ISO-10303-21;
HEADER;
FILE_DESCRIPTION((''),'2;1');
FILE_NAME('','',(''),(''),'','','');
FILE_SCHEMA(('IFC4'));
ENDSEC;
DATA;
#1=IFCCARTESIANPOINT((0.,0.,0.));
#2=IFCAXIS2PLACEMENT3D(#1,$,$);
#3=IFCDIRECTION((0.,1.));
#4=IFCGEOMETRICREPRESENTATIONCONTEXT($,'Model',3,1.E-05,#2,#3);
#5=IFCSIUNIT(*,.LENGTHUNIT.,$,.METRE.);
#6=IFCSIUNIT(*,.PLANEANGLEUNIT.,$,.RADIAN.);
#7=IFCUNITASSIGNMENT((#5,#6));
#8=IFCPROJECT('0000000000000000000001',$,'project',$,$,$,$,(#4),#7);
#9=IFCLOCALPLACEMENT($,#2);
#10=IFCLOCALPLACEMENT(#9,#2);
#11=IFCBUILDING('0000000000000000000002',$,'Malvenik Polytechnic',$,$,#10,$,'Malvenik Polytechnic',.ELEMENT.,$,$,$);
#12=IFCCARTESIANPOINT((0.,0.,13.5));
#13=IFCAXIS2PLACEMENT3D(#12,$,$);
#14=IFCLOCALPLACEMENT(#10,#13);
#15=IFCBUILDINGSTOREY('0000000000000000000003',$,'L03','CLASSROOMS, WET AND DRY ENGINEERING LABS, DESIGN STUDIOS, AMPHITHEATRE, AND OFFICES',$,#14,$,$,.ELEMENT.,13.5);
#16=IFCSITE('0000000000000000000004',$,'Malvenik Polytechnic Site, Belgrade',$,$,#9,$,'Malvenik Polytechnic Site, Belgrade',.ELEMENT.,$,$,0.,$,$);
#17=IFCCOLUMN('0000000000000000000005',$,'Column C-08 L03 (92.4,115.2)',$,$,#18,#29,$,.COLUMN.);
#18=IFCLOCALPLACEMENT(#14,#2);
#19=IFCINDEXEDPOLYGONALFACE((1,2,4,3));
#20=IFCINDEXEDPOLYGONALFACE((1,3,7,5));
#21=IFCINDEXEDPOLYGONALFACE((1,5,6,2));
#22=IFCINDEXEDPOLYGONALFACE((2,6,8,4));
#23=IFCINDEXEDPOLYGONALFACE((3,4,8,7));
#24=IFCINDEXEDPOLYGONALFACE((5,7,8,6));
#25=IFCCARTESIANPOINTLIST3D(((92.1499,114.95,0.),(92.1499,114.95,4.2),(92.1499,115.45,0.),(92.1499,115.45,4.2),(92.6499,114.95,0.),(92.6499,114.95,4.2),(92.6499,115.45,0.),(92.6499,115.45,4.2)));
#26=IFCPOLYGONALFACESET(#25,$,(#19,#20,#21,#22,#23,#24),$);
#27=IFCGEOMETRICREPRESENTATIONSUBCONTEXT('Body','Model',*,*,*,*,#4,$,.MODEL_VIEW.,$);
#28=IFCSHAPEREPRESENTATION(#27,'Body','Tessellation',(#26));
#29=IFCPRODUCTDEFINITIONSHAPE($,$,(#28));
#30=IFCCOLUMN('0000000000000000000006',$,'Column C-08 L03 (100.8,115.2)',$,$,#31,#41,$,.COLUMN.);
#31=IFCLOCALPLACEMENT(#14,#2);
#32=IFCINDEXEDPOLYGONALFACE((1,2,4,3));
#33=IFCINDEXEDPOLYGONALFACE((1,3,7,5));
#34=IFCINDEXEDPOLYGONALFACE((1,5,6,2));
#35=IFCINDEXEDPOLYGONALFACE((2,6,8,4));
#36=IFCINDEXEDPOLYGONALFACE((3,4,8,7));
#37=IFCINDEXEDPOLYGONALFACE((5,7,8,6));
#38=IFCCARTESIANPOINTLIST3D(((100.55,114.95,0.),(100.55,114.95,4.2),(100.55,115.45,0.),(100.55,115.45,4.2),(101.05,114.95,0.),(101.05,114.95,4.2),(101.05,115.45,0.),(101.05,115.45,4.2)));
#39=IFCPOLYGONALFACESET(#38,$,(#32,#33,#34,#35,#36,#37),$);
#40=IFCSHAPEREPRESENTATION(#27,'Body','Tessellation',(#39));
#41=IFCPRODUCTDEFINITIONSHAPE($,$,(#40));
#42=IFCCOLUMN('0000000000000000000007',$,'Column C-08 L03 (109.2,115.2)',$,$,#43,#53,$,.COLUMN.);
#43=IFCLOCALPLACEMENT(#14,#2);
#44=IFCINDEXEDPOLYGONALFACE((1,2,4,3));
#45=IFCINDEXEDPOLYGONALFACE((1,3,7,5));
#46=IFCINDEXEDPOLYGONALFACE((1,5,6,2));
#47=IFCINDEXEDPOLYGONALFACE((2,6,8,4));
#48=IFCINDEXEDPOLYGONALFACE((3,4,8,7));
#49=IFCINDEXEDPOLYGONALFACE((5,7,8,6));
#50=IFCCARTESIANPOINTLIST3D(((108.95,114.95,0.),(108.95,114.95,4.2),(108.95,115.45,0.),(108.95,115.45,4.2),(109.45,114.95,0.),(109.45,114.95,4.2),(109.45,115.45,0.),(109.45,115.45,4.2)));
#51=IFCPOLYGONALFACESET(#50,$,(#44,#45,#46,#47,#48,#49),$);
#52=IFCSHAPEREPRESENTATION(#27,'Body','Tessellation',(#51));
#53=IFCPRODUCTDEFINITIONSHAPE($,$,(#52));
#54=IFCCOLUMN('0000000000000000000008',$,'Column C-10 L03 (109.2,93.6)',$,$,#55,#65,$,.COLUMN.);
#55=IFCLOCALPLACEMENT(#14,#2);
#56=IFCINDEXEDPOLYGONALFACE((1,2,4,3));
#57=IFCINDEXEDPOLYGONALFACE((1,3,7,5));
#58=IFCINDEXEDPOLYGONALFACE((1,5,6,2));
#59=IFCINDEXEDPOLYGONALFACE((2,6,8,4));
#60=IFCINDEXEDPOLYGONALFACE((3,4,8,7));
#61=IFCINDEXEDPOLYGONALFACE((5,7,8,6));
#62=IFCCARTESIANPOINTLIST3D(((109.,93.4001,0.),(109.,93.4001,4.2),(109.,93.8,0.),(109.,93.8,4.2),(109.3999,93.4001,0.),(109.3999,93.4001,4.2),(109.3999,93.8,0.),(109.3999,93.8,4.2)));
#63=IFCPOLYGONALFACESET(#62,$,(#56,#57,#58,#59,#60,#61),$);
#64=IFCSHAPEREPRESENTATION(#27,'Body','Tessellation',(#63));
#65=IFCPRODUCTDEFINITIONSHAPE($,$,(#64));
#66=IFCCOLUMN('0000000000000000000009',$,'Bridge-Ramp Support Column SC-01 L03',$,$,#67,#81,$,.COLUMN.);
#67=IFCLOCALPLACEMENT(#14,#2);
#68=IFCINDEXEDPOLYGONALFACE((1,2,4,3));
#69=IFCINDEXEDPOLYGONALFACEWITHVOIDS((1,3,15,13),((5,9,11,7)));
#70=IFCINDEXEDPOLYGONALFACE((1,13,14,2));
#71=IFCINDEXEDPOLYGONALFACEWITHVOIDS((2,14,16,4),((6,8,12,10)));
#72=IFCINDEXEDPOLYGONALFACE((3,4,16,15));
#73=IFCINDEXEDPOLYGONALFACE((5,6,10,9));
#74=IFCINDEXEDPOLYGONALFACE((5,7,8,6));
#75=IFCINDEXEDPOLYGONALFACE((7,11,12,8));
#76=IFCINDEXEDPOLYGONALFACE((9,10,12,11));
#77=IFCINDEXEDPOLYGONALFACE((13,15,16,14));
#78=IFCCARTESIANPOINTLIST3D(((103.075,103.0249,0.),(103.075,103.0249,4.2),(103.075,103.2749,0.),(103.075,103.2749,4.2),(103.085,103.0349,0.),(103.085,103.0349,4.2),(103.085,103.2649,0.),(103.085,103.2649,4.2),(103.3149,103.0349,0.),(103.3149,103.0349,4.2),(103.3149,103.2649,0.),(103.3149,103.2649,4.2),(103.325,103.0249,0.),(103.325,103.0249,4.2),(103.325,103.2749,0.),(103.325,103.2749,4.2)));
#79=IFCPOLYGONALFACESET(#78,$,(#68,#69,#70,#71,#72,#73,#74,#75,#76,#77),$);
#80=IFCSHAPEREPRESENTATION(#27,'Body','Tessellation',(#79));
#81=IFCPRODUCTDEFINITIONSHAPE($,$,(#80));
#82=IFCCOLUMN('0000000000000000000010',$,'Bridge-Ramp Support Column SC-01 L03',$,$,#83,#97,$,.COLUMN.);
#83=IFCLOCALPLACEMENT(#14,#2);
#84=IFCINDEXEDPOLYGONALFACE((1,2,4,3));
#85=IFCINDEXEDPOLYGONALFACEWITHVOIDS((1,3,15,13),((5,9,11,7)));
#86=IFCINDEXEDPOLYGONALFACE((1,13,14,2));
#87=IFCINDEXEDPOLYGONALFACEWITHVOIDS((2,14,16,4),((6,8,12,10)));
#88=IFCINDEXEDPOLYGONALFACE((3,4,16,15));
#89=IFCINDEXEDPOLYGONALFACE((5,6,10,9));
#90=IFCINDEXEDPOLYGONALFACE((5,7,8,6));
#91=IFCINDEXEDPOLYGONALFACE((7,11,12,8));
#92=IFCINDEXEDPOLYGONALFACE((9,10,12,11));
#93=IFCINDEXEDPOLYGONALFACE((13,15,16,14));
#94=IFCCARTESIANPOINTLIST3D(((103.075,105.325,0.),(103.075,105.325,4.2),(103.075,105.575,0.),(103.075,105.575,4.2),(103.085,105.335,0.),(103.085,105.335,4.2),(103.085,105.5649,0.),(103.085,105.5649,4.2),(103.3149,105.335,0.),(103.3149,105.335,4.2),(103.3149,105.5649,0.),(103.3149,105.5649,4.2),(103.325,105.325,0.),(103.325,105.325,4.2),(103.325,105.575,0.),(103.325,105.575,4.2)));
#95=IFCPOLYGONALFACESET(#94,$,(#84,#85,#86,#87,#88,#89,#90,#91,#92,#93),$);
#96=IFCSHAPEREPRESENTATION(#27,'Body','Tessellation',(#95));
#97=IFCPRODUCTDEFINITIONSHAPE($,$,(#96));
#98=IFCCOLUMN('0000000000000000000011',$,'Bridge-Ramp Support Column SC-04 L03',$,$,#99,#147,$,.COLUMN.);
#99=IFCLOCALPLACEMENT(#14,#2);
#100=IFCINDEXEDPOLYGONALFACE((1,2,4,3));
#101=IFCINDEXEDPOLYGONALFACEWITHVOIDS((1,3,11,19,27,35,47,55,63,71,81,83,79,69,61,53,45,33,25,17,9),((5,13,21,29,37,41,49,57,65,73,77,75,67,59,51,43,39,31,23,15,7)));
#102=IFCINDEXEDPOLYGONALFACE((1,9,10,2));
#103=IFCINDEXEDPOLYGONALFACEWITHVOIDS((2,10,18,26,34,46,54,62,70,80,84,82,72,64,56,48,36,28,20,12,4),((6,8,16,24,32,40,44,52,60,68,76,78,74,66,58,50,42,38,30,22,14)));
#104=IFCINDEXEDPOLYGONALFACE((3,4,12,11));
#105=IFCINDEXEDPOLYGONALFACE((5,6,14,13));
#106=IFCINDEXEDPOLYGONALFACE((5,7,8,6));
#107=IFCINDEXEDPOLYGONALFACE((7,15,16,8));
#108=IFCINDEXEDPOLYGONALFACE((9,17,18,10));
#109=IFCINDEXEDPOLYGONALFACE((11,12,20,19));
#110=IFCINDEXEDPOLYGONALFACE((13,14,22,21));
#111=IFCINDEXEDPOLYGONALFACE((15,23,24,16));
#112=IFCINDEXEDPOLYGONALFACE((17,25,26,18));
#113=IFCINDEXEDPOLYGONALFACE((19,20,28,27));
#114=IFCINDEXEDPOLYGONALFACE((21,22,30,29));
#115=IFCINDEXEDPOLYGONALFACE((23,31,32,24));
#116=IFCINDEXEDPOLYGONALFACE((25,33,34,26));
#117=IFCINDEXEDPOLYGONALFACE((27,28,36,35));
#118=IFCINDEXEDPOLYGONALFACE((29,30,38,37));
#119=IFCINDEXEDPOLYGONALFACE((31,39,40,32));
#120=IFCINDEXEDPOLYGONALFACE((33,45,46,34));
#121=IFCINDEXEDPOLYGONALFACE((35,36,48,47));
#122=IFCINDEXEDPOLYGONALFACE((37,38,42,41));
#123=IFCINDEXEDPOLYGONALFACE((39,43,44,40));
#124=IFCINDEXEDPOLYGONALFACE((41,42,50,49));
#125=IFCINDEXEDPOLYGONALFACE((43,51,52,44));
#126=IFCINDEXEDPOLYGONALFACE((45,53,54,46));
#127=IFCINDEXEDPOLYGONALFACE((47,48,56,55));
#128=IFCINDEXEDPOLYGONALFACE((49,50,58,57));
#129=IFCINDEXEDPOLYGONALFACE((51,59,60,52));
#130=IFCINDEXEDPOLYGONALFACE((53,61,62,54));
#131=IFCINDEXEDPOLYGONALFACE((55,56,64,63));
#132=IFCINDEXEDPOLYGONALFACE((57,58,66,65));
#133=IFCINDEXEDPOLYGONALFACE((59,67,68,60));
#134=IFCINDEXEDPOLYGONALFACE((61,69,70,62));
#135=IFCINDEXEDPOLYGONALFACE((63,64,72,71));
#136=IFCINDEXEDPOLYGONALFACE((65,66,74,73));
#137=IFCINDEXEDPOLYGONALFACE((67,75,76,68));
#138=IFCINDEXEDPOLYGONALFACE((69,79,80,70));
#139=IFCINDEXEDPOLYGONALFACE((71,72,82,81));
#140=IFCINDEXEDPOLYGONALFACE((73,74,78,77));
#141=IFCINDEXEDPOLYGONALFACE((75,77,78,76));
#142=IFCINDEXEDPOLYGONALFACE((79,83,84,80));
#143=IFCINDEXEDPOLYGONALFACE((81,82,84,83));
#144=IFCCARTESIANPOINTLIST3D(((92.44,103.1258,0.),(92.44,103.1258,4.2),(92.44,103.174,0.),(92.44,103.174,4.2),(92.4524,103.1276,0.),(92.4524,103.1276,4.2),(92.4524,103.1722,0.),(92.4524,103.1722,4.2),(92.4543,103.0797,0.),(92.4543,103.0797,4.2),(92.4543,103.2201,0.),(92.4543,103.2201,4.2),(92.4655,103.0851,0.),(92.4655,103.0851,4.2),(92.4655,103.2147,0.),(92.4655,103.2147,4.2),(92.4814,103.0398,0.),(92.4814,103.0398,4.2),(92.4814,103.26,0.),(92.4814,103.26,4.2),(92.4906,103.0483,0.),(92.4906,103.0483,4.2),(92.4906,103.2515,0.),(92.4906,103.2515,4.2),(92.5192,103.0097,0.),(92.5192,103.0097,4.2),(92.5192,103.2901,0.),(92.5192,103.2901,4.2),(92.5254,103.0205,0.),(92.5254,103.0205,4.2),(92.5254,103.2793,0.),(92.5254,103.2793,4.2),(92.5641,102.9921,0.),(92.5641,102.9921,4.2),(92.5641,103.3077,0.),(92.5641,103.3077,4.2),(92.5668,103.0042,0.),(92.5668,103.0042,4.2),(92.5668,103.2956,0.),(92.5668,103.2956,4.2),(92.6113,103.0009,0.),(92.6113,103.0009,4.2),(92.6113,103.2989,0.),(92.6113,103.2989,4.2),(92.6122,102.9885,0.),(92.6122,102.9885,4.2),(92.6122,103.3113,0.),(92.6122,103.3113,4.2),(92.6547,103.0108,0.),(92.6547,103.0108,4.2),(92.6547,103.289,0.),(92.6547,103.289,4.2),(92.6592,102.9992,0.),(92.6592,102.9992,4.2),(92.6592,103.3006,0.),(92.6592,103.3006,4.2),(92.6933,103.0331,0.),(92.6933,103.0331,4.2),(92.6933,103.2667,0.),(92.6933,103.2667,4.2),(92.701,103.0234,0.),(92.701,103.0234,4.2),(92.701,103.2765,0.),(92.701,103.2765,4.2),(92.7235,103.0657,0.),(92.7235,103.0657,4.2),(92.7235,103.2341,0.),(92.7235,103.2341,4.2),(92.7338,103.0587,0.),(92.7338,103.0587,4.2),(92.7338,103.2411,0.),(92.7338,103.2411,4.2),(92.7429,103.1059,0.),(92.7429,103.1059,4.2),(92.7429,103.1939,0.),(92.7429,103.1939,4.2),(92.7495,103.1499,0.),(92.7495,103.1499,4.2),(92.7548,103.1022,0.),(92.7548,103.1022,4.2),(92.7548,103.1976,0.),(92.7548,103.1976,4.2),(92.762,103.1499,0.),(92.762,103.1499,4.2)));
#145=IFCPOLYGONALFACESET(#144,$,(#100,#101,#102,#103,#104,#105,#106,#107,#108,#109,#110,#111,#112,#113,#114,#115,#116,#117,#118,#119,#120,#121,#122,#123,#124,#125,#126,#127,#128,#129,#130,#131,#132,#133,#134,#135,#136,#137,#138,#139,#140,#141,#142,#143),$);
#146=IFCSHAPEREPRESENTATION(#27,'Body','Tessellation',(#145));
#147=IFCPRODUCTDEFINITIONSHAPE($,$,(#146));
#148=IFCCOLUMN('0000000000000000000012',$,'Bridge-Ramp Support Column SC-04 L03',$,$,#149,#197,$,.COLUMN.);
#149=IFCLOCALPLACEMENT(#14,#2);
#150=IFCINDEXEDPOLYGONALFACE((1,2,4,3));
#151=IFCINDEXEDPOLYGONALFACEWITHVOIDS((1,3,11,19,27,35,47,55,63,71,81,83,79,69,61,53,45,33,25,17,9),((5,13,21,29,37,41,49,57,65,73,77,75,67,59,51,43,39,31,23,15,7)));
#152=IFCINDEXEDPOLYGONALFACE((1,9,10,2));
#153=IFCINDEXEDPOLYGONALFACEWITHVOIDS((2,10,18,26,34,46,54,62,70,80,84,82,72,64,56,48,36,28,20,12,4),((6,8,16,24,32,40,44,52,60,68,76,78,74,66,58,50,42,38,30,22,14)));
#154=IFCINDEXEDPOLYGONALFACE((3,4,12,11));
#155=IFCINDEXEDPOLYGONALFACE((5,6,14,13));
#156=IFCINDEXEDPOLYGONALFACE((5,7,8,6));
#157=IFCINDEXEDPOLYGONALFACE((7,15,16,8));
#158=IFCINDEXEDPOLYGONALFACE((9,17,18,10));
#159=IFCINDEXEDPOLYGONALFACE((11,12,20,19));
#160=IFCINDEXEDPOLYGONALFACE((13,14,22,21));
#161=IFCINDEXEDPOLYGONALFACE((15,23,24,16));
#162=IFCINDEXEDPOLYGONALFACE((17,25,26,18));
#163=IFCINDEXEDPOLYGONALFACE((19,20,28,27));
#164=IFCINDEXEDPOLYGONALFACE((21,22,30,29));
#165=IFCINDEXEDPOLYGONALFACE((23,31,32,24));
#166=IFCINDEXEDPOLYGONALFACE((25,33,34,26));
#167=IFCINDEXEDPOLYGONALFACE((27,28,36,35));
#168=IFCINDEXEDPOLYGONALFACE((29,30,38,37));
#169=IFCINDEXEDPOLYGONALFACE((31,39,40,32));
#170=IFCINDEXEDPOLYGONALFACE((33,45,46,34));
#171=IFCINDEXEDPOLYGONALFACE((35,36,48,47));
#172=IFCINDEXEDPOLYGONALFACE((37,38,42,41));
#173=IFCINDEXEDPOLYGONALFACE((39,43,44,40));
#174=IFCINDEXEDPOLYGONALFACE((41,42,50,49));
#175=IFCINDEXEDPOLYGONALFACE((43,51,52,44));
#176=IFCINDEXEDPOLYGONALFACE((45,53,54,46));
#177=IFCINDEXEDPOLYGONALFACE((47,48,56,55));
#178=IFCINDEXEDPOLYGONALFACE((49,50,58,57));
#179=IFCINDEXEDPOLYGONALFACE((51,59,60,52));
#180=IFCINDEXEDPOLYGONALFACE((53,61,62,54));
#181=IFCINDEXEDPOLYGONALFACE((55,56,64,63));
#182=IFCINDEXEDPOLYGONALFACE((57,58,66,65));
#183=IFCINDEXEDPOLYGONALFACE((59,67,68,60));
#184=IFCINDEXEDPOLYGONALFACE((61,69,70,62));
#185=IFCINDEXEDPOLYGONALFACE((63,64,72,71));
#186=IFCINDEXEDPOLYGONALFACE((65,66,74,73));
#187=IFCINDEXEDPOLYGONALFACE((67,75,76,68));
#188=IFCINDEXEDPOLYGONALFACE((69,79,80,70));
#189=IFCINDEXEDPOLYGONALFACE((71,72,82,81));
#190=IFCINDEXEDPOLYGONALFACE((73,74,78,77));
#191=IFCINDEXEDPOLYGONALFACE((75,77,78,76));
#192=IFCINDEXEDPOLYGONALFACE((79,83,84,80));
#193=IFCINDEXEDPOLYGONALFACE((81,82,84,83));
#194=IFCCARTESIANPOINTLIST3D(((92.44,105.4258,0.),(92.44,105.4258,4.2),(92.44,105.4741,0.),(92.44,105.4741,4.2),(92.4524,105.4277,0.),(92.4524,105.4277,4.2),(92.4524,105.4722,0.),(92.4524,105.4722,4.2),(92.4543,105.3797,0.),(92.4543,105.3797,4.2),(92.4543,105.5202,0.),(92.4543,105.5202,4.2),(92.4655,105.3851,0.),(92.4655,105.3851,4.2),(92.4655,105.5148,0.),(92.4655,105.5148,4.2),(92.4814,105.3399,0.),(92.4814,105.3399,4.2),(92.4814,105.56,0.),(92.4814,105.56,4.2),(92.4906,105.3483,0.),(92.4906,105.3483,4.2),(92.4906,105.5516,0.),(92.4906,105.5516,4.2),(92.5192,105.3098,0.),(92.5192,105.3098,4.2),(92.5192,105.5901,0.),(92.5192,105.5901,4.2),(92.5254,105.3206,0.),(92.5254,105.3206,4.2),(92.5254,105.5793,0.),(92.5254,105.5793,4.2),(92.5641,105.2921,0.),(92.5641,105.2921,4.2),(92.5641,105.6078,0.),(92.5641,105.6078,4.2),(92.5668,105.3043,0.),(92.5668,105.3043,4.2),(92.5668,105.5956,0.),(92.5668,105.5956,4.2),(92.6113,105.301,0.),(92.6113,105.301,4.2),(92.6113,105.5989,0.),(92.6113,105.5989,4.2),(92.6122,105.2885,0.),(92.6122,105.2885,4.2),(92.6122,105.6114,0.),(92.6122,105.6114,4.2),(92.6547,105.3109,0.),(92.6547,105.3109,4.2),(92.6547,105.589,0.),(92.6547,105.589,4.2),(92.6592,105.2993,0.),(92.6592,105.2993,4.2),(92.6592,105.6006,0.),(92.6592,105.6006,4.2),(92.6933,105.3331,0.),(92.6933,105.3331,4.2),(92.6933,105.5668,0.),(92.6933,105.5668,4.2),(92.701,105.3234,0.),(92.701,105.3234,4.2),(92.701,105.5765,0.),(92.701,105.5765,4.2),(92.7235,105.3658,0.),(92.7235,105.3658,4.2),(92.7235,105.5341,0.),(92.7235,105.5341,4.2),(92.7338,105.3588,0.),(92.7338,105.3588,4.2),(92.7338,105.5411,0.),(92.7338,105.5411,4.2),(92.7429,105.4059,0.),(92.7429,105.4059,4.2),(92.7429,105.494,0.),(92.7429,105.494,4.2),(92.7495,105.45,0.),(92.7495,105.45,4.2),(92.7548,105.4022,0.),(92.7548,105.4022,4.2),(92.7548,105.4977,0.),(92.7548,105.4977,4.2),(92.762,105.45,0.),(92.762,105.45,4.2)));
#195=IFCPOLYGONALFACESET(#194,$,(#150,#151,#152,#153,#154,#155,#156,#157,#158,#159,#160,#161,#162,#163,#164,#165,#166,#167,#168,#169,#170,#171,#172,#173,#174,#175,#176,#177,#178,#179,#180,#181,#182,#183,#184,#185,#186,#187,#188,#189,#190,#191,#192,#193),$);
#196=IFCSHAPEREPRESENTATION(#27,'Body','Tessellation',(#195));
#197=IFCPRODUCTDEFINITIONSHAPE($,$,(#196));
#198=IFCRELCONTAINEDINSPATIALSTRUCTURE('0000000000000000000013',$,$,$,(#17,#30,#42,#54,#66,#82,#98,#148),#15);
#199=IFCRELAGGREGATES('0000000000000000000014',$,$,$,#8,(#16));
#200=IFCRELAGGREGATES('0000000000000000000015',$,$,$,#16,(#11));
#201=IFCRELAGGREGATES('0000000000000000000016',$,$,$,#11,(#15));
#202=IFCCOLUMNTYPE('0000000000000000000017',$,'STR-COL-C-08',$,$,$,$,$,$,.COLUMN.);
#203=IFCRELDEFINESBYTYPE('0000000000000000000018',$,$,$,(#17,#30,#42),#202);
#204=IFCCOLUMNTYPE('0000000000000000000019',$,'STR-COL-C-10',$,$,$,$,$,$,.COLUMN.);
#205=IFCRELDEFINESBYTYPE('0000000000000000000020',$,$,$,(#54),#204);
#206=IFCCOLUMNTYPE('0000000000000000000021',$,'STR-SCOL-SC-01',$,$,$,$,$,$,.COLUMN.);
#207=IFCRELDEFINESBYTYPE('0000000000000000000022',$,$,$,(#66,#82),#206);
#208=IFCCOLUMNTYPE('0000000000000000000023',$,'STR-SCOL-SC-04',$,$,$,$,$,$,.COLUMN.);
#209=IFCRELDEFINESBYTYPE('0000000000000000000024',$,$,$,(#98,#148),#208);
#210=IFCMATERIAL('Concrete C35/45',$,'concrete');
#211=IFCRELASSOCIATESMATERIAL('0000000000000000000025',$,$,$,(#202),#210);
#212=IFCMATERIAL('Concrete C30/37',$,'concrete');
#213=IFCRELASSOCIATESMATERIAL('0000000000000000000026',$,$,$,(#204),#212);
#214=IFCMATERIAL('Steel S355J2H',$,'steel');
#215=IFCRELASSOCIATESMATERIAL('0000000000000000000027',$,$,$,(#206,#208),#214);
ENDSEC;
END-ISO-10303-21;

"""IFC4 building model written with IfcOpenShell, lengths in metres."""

from ifc_helpers import new_model, si_unit, direction, frame, origin, origin_2d, place, context, subcontext, project, spatial, rectangle, hollow_rectangle, hollow_circle, extrude, material, material_profile, profile_set, type_object, element, save


model = new_model("IFC4")

# Units and contexts
model_context = context("Model", 3, precision=1e-05, world=origin(), true_north=direction((0.0, 1.0)))
body_context = subcontext(model_context, "Body", "Model", "MODEL_VIEW")
ifc_project = project(units=[si_unit("LENGTHUNIT", "METRE"), si_unit("PLANEANGLEUNIT", "RADIAN")], contexts=[model_context])

# Site, building, storey
site_placement = place(None, origin())
site = spatial("IfcSite", under=ifc_project, at=site_placement, Name="Malvenik Polytechnic Site, Belgrade", LongName="Malvenik Polytechnic Site, Belgrade", CompositionType="ELEMENT", RefElevation=0.0)
building_placement = place(site_placement, origin())
building = spatial("IfcBuilding", under=site, at=building_placement, Name="Malvenik Polytechnic", LongName="Malvenik Polytechnic", CompositionType="ELEMENT")
storey_placement = place(building_placement, frame((0.0, 0.0, 13.5)))
storey = spatial("IfcBuildingStorey", under=building, at=storey_placement, Name="L03", Description="CLASSROOMS, WET AND DRY ENGINEERING LABS, DESIGN STUDIOS, AMPHITHEATRE, AND OFFICES", CompositionType="ELEMENT", Elevation=13.5)

# Columns
ifc_material_1 = material(Name="Concrete C35/45", Category="concrete")
ifc_material_profile_1 = material_profile(ifc_material_1, rectangle(XDim=0.5, YDim=0.5, at=origin_2d()), Name="RC COL 500x500")
ifc_profile_set_1 = profile_set([ifc_material_profile_1], Name="Concrete C35/45")
column_type_1 = type_object("IfcColumnType", Name="STR-COL-C-08", PredefinedType="COLUMN", material=ifc_profile_set_1)
for number, where, z_axis, x_axis, name in (
    (1, (92.3999, 115.2, 0.0), (0.0, 0.0, 1.0), (1.0, 0.0, 0.0), "Column C-08 L03 (92.4,115.2)"),
    (2, (100.8, 115.2, 0.0), (0.0, 0.0, 1.0), (1.0, 0.0, 0.0), "Column C-08 L03 (100.8,115.2)"),
    (3, (109.2, 115.2, 0.0), (0.0, 0.0, 1.0), (1.0, 0.0, 0.0), "Column C-08 L03 (109.2,115.2)"),
):
    element("IfcColumn", number, at=place(storey_placement, frame(where, z_axis=z_axis, x_axis=x_axis)), inside=storey, type_object=column_type_1, Name=name, PredefinedType="COLUMN", context=body_context, shape_type="SweptSolid", body=[
        extrude(rectangle(XDim=0.5, YDim=0.5, at=origin_2d()), origin(), (0.0, 0.0, 1.0), 4.2),
    ])
ifc_material_2 = material(Name="Concrete C30/37", Category="concrete")
ifc_material_profile_2 = material_profile(ifc_material_2, rectangle(XDim=0.3999, YDim=0.3999, at=origin_2d()), Name="RC COL 400x400")
ifc_profile_set_2 = profile_set([ifc_material_profile_2], Name="Concrete C30/37")
column_type_2 = type_object("IfcColumnType", Name="STR-COL-C-10", PredefinedType="COLUMN", material=ifc_profile_set_2)
column_placement = place(storey_placement, frame((109.2, 93.6001, 0.0), z_axis=(0.0, 0.0, 1.0), x_axis=(1.0, 0.0, 0.0)))
element("IfcColumn", 4, at=column_placement, inside=storey, type_object=column_type_2, Name="Column C-10 L03 (109.2,93.6)", PredefinedType="COLUMN", context=body_context, shape_type="SweptSolid", body=[
    extrude(rectangle(XDim=0.3999, YDim=0.3999, at=origin_2d()), origin(), (0.0, 0.0, 1.0), 4.2),
])
ifc_material_3 = material(Name="Steel S355J2H", Category="steel")
ifc_material_profile_3 = material_profile(ifc_material_3, hollow_rectangle(XDim=0.25, YDim=0.25, WallThickness=0.01, at=origin_2d()), Name="SHS 250x250x10.0")
ifc_profile_set_3 = profile_set([ifc_material_profile_3], Name="Steel S355J2H")
column_type_3 = type_object("IfcColumnType", Name="STR-SCOL-SC-01", PredefinedType="COLUMN", material=ifc_profile_set_3)
for number, where, z_axis, x_axis, name in (
    (5, (103.2, 103.1499, 0.0), (0.0, 0.0, 1.0), (1.0, 0.0, 0.0), "Bridge-Ramp Support Column SC-01 L03"),
    (6, (103.2, 105.45, 0.0), (0.0, 0.0, 1.0), (1.0, 0.0, 0.0), "Bridge-Ramp Support Column SC-01 L03"),
):
    element("IfcColumn", number, at=place(storey_placement, frame(where, z_axis=z_axis, x_axis=x_axis)), inside=storey, type_object=column_type_3, Name=name, PredefinedType="COLUMN", context=body_context, shape_type="SweptSolid", body=[
        extrude(hollow_rectangle(XDim=0.25, YDim=0.25, WallThickness=0.01, at=origin_2d()), origin(), (0.0, 0.0, 1.0), 4.2),
    ])
ifc_material_profile_4 = material_profile(ifc_material_3, hollow_circle(Radius=0.1619, WallThickness=0.0125, at=origin_2d()), Name="CHS 323.9x12.5")
ifc_profile_set_4 = profile_set([ifc_material_profile_4], Name="Steel S355J2H")
column_type_4 = type_object("IfcColumnType", Name="STR-SCOL-SC-04", PredefinedType="COLUMN", material=ifc_profile_set_4)
for number, where, z_axis, x_axis, name in (
    (7, (92.6001, 103.1499, 0.0), (0.0, 0.0, 1.0), (1.0, 0.0, 0.0), "Bridge-Ramp Support Column SC-04 L03"),
    (8, (92.6001, 105.45, 0.0), (0.0, 0.0, 1.0), (1.0, 0.0, 0.0), "Bridge-Ramp Support Column SC-04 L03"),
):
    element("IfcColumn", number, at=place(storey_placement, frame(where, z_axis=z_axis, x_axis=x_axis)), inside=storey, type_object=column_type_4, Name=name, PredefinedType="COLUMN", context=body_context, shape_type="SweptSolid", body=[
        extrude(hollow_circle(Radius=0.1619, WallThickness=0.0125, at=origin_2d()), origin(), (0.0, 0.0, 1.0), 4.2),
    ])

save(model, "model.ifc")
